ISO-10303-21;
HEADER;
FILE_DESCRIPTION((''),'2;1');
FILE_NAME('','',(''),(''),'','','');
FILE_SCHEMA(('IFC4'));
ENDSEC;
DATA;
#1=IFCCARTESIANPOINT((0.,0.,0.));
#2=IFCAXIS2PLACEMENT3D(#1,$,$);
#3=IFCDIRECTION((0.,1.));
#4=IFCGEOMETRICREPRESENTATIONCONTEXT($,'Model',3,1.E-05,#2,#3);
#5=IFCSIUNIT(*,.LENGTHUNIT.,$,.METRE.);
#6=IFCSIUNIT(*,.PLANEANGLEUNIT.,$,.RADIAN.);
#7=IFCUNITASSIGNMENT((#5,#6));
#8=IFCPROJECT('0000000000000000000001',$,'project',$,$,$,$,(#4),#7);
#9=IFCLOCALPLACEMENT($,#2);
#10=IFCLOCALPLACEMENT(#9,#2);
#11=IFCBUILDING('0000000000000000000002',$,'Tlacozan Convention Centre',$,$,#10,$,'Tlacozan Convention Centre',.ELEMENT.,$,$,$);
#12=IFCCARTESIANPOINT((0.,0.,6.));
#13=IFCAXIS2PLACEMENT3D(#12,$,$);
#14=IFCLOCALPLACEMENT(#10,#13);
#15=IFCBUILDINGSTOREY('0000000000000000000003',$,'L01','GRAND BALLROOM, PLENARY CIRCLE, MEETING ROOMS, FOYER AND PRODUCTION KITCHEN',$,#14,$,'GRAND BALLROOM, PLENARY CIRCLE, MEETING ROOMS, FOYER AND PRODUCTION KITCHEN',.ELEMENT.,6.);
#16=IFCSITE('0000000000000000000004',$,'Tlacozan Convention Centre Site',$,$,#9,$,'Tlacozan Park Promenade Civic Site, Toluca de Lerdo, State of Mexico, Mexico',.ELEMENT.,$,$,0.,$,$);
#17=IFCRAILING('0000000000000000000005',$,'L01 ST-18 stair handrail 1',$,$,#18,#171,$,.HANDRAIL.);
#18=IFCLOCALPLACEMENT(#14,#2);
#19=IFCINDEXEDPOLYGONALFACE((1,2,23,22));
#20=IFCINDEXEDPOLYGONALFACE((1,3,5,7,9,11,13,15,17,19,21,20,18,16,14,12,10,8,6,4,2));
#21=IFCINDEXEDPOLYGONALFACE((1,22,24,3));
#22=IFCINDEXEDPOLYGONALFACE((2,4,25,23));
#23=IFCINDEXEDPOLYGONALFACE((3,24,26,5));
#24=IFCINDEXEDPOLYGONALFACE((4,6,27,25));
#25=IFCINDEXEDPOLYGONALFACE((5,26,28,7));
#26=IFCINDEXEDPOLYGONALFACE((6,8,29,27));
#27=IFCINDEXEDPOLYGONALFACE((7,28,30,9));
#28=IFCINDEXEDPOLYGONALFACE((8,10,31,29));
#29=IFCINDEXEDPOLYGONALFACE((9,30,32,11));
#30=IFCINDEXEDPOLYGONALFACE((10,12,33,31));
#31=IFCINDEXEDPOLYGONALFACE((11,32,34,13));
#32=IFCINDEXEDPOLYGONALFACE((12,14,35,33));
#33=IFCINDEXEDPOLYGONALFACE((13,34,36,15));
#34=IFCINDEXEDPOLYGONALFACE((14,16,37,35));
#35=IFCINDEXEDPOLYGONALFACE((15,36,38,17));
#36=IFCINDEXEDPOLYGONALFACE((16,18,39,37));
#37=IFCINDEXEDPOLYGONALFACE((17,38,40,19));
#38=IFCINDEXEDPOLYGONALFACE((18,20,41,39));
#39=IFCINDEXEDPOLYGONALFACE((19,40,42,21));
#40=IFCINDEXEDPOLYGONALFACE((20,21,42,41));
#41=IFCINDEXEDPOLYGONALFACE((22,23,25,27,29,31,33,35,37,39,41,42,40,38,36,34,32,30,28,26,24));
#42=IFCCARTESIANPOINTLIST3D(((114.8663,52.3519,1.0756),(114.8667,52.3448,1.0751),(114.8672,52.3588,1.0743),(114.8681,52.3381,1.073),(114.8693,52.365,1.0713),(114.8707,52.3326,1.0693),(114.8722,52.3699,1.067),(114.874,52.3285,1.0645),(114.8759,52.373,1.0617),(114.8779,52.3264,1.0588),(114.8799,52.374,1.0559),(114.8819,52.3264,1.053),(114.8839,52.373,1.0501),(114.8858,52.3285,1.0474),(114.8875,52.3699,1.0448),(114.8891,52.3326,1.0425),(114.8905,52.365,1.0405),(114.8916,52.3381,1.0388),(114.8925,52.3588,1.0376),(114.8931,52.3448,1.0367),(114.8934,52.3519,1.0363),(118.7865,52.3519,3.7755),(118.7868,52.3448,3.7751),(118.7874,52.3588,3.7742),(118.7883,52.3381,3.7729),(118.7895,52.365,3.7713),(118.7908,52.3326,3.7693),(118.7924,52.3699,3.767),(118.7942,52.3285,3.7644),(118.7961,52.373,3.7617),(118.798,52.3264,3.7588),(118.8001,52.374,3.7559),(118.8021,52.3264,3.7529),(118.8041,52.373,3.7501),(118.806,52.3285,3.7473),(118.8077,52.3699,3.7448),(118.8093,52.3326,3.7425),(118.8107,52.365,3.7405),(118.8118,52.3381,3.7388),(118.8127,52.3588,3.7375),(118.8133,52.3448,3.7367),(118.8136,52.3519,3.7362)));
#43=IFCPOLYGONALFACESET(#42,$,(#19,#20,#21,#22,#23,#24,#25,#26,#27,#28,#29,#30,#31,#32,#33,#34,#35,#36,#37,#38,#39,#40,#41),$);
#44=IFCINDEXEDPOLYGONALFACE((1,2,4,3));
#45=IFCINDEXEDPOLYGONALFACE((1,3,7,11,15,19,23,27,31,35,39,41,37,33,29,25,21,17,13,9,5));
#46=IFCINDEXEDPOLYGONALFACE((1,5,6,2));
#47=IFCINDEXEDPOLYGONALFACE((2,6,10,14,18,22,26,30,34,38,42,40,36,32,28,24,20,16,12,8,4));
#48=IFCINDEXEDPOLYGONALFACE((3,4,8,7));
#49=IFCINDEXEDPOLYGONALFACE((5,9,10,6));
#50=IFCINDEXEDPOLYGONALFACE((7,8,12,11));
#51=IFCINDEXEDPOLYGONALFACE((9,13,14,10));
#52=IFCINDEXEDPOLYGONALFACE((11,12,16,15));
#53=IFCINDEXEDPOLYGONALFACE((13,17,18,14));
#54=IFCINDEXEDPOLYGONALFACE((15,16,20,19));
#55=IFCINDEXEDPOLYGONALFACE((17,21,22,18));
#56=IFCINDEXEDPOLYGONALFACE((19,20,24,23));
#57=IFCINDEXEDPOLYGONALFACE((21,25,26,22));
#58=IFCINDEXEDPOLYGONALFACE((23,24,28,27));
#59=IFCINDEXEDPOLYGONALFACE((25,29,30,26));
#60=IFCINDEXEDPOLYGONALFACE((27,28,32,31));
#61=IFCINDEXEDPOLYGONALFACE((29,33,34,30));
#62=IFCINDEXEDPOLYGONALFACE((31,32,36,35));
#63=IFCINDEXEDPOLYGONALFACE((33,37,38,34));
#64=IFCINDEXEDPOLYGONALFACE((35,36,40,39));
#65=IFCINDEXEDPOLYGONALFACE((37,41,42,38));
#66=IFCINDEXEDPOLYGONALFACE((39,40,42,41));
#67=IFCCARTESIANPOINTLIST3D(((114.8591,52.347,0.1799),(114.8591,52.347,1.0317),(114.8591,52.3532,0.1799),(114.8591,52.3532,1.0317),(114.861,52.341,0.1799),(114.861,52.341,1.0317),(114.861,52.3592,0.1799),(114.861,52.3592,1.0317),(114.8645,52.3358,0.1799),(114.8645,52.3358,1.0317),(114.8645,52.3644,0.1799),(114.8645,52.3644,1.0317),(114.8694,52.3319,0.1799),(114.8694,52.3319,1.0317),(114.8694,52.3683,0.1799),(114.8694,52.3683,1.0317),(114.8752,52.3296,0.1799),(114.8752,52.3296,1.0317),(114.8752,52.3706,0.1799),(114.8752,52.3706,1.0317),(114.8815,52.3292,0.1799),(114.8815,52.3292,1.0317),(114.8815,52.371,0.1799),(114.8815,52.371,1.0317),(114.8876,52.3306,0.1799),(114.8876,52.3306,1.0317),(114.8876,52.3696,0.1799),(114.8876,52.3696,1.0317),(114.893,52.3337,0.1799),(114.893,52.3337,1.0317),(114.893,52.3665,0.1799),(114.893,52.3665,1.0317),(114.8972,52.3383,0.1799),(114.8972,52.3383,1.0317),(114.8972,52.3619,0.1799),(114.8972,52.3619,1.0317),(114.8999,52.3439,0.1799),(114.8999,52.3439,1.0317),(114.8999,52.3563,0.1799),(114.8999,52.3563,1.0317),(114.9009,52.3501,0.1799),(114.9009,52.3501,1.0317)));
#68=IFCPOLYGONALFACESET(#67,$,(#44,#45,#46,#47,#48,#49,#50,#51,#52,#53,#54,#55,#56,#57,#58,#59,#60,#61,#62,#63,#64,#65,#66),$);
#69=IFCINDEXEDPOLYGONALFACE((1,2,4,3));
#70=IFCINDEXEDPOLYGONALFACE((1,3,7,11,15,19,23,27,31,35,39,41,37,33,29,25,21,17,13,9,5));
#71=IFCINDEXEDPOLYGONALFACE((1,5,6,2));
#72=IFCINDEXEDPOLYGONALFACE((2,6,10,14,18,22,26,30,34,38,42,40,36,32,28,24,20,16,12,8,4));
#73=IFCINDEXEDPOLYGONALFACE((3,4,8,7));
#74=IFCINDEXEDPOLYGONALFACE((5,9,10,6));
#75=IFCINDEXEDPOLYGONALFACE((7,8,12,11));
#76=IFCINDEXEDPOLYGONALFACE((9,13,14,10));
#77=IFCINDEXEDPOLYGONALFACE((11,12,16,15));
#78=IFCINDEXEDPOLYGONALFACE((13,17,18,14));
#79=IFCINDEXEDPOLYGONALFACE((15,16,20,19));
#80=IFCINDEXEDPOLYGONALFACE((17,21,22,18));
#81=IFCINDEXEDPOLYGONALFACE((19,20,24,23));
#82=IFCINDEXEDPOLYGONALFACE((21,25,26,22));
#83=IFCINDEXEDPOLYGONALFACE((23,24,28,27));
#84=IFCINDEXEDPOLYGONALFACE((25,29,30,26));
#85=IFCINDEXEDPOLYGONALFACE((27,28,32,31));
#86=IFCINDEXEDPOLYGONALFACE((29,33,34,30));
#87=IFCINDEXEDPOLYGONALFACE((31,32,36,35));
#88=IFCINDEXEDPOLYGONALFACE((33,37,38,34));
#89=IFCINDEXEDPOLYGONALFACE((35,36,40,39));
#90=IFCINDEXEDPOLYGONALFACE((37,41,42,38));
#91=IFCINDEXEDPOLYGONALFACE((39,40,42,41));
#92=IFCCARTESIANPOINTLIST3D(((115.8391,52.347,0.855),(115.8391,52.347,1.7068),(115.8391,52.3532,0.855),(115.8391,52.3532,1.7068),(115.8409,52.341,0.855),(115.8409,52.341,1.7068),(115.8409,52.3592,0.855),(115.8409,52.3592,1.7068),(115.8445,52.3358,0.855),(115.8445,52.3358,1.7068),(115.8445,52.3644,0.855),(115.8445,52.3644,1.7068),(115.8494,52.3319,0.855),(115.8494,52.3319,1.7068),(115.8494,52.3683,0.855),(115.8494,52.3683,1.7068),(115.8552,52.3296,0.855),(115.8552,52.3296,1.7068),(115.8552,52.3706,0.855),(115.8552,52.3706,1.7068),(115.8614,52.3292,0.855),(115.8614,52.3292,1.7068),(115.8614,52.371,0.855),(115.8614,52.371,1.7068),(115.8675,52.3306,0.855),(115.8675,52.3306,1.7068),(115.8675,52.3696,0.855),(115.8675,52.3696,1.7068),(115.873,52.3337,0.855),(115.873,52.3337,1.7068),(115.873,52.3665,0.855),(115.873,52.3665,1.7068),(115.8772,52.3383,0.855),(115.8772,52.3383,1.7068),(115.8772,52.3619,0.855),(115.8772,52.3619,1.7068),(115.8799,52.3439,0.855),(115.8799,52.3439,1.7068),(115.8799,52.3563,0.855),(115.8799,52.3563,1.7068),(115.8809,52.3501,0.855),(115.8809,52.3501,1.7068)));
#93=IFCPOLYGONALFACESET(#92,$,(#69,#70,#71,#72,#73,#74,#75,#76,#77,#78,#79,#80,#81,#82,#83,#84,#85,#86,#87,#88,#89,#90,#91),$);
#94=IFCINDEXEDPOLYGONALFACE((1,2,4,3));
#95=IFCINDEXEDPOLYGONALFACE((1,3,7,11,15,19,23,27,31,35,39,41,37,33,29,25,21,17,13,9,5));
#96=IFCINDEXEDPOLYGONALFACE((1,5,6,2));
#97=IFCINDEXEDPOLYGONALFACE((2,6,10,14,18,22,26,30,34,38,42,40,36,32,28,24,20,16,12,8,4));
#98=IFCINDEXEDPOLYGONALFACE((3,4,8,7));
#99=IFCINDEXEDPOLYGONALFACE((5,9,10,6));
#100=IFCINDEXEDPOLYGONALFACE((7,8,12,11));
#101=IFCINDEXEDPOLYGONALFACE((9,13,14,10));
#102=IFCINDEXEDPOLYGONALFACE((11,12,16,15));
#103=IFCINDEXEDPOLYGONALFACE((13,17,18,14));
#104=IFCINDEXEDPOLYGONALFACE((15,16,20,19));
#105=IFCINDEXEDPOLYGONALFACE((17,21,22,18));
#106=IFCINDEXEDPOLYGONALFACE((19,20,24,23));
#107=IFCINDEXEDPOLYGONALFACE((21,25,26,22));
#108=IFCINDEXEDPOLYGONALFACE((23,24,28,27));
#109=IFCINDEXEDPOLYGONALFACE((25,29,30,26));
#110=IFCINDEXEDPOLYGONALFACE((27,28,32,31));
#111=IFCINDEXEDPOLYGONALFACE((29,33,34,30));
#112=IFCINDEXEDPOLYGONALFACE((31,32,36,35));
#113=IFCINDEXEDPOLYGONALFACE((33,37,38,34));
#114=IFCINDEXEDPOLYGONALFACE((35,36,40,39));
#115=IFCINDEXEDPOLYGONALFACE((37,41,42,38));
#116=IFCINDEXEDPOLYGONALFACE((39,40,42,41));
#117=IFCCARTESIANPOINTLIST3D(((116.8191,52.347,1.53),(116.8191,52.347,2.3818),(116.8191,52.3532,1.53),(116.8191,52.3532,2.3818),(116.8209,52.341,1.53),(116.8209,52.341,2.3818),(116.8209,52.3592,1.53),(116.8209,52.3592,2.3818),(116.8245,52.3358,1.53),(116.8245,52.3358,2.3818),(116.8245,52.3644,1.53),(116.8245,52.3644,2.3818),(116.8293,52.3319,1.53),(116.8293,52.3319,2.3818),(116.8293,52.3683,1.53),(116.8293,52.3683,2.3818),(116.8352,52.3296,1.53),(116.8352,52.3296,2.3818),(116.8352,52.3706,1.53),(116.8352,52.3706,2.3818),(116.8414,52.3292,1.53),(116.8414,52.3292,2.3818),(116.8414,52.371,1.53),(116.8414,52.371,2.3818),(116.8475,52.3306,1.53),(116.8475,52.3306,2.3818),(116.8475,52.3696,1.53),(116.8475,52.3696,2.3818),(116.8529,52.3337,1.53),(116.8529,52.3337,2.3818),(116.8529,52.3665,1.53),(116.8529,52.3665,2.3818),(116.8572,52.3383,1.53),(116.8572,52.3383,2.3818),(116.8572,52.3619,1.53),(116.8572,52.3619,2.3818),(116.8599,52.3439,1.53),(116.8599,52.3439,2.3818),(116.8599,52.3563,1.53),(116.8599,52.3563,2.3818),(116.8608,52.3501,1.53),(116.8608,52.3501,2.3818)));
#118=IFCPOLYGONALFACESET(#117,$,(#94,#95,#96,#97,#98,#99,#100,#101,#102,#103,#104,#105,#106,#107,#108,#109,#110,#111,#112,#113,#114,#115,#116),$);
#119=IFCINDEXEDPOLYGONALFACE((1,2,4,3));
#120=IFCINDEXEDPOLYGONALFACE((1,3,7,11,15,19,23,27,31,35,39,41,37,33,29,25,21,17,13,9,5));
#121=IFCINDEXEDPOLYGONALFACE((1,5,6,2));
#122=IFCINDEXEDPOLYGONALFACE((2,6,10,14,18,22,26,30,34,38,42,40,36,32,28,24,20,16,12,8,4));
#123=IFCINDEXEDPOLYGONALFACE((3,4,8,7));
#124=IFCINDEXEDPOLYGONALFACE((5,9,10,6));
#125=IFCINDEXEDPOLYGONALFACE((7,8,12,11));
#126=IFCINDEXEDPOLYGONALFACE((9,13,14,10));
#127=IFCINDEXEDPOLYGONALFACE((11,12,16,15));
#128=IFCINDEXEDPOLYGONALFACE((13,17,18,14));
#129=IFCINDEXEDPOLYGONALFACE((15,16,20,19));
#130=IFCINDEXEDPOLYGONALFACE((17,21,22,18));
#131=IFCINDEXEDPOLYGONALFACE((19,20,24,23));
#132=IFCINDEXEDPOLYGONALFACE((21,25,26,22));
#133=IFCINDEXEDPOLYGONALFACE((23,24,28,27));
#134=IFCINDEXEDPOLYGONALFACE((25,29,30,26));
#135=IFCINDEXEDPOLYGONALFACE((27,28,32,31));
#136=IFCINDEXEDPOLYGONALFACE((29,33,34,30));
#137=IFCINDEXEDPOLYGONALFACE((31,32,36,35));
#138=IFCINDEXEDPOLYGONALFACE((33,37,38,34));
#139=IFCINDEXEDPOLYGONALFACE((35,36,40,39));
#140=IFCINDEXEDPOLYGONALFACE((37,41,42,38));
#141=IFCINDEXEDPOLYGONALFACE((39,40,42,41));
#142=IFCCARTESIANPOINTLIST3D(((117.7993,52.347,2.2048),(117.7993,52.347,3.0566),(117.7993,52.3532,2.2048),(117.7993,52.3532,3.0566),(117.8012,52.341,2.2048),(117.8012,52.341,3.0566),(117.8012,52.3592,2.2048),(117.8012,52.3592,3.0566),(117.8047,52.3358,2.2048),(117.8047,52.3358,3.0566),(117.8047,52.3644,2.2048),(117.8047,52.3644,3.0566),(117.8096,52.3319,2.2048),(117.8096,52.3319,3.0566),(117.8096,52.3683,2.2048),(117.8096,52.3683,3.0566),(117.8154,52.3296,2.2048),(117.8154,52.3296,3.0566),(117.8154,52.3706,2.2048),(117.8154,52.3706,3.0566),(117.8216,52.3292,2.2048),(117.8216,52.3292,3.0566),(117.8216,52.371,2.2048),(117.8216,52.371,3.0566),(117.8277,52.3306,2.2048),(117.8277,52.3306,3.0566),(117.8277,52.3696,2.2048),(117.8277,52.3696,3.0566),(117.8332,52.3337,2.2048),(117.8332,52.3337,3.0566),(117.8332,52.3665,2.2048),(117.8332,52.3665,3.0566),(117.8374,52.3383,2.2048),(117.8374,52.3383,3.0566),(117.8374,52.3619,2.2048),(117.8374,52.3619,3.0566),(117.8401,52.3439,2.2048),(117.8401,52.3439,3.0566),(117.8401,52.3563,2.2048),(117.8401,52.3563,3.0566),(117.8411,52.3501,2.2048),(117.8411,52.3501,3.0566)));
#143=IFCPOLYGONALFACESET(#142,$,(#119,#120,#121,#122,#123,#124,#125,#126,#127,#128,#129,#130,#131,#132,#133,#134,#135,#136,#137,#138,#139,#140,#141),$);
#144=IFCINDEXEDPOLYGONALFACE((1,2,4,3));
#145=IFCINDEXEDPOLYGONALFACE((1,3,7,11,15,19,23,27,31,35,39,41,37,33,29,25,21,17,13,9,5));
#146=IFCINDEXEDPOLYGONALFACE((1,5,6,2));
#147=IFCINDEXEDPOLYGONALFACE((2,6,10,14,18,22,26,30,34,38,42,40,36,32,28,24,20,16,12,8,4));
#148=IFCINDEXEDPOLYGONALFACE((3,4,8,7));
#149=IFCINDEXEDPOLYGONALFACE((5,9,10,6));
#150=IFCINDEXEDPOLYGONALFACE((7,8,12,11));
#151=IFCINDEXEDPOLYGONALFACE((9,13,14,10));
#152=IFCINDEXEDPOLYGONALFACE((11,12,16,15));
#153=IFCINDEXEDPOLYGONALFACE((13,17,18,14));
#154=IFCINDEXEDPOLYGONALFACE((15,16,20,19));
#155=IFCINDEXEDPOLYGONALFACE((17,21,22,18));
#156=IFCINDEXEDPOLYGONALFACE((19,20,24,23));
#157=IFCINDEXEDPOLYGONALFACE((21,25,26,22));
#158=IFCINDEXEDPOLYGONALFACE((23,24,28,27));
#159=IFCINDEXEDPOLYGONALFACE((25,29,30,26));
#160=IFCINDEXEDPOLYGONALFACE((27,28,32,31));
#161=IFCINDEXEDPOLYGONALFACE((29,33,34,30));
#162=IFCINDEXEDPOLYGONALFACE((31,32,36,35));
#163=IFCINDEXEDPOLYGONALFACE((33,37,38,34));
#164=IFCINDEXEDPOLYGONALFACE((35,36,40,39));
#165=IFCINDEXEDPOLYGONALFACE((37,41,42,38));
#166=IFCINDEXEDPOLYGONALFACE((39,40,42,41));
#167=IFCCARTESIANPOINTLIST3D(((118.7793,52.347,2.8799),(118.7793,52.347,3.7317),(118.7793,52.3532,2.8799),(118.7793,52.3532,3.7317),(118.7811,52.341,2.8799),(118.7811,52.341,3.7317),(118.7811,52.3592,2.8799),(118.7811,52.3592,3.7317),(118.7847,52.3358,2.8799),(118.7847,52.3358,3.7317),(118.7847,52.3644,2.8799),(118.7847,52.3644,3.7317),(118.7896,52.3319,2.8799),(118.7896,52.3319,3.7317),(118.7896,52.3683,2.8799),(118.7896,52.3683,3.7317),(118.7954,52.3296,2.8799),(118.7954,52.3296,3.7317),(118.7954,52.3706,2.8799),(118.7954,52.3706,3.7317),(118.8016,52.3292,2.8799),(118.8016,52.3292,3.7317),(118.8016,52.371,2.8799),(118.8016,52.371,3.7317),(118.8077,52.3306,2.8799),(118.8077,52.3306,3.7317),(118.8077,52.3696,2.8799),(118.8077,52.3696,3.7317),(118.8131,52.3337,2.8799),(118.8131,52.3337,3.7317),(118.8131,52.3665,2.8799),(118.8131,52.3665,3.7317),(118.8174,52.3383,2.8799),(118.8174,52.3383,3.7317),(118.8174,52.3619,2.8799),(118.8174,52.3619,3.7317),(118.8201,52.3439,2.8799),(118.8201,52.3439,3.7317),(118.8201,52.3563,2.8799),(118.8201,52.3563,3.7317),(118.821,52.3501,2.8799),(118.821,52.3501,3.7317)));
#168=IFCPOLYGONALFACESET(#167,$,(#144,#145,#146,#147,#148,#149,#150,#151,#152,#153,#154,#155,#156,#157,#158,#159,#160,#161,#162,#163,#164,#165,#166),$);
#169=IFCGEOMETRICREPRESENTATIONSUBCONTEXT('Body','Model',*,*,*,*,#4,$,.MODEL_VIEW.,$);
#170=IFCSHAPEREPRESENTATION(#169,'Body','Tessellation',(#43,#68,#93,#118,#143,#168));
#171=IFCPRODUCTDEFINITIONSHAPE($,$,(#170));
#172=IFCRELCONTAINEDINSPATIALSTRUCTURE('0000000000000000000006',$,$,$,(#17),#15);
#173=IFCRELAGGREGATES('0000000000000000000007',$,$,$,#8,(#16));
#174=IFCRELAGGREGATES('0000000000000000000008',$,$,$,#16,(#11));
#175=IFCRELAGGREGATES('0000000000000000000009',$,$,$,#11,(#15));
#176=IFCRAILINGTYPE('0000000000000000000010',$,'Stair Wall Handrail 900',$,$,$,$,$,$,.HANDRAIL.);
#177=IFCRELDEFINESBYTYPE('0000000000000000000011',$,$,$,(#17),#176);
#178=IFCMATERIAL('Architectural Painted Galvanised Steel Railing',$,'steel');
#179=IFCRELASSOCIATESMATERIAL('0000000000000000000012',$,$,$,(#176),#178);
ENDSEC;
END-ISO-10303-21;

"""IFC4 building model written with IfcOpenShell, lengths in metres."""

from ifc_helpers import new_model, si_unit, direction, frame, origin, origin_2d, place, context, subcontext, project, spatial, circle, extrude, material, type_object, element, save


model = new_model("IFC4")

# Units and contexts
model_context = context("Model", 3, precision=1e-05, world=origin(), true_north=direction((0.0, 1.0)))
body_context = subcontext(model_context, "Body", "Model", "MODEL_VIEW")
ifc_project = project(units=[si_unit("LENGTHUNIT", "METRE"), si_unit("PLANEANGLEUNIT", "RADIAN")], contexts=[model_context])

# Site, building, storey
site_placement = place(None, origin())
site = spatial("IfcSite", under=ifc_project, at=site_placement, Name="Tlacozan Convention Centre Site", LongName="Tlacozan Park Promenade Civic Site, Toluca de Lerdo, State of Mexico, Mexico", CompositionType="ELEMENT", RefElevation=0.0)
building_placement = place(site_placement, origin())
building = spatial("IfcBuilding", under=site, at=building_placement, Name="Tlacozan Convention Centre", LongName="Tlacozan Convention Centre", CompositionType="ELEMENT")
storey_placement = place(building_placement, frame((0.0, 0.0, 6.0)))
storey = spatial("IfcBuildingStorey", under=building, at=storey_placement, Name="L01", Description="GRAND BALLROOM, PLENARY CIRCLE, MEETING ROOMS, FOYER AND PRODUCTION KITCHEN", LongName="GRAND BALLROOM, PLENARY CIRCLE, MEETING ROOMS, FOYER AND PRODUCTION KITCHEN", CompositionType="ELEMENT", Elevation=6.0)

# Railing
ifc_material_1 = material(Name="Architectural Painted Galvanised Steel Railing", Category="steel")
railing_type_1 = type_object("IfcRailingType", Name="Stair Wall Handrail 900", PredefinedType="HANDRAIL", material=ifc_material_1)
railing_1_placement = place(storey_placement, frame((114.8799, 52.3501, 0.1799)))
element("IfcRailing", 1, at=railing_1_placement, inside=storey, type_object=railing_type_1, Name="L01 ST-18 stair handrail 1", PredefinedType="HANDRAIL", context=body_context, shape_type="SweptSolid", body=[
    extrude(circle(Radius=0.0239, at=origin_2d()), frame((0.0, 0.0, 0.876), z_axis=(0.823567, 0.0, 0.567219), x_axis=(0.0, 1.0, 0.0)), (0.0, 0.0, 1.0), 4.76),
    extrude(circle(Radius=0.021, at=origin_2d()), origin(), (0.0, 0.0, 1.0), 0.8518),
    extrude(circle(Radius=0.021, at=origin_2d()), frame((0.98, 0.0, 0.675)), (0.0, 0.0, 1.0), 0.8518),
    extrude(circle(Radius=0.021, at=origin_2d()), frame((1.96, 0.0, 1.3501)), (0.0, 0.0, 1.0), 0.8518),
    extrude(circle(Radius=0.021, at=origin_2d()), frame((2.9402, 0.0, 2.0249)), (0.0, 0.0, 1.0), 0.8518),
    extrude(circle(Radius=0.021, at=origin_2d()), frame((3.9202, 0.0, 2.7)), (0.0, 0.0, 1.0), 0.8518),
])

save(model, "model.ifc")
